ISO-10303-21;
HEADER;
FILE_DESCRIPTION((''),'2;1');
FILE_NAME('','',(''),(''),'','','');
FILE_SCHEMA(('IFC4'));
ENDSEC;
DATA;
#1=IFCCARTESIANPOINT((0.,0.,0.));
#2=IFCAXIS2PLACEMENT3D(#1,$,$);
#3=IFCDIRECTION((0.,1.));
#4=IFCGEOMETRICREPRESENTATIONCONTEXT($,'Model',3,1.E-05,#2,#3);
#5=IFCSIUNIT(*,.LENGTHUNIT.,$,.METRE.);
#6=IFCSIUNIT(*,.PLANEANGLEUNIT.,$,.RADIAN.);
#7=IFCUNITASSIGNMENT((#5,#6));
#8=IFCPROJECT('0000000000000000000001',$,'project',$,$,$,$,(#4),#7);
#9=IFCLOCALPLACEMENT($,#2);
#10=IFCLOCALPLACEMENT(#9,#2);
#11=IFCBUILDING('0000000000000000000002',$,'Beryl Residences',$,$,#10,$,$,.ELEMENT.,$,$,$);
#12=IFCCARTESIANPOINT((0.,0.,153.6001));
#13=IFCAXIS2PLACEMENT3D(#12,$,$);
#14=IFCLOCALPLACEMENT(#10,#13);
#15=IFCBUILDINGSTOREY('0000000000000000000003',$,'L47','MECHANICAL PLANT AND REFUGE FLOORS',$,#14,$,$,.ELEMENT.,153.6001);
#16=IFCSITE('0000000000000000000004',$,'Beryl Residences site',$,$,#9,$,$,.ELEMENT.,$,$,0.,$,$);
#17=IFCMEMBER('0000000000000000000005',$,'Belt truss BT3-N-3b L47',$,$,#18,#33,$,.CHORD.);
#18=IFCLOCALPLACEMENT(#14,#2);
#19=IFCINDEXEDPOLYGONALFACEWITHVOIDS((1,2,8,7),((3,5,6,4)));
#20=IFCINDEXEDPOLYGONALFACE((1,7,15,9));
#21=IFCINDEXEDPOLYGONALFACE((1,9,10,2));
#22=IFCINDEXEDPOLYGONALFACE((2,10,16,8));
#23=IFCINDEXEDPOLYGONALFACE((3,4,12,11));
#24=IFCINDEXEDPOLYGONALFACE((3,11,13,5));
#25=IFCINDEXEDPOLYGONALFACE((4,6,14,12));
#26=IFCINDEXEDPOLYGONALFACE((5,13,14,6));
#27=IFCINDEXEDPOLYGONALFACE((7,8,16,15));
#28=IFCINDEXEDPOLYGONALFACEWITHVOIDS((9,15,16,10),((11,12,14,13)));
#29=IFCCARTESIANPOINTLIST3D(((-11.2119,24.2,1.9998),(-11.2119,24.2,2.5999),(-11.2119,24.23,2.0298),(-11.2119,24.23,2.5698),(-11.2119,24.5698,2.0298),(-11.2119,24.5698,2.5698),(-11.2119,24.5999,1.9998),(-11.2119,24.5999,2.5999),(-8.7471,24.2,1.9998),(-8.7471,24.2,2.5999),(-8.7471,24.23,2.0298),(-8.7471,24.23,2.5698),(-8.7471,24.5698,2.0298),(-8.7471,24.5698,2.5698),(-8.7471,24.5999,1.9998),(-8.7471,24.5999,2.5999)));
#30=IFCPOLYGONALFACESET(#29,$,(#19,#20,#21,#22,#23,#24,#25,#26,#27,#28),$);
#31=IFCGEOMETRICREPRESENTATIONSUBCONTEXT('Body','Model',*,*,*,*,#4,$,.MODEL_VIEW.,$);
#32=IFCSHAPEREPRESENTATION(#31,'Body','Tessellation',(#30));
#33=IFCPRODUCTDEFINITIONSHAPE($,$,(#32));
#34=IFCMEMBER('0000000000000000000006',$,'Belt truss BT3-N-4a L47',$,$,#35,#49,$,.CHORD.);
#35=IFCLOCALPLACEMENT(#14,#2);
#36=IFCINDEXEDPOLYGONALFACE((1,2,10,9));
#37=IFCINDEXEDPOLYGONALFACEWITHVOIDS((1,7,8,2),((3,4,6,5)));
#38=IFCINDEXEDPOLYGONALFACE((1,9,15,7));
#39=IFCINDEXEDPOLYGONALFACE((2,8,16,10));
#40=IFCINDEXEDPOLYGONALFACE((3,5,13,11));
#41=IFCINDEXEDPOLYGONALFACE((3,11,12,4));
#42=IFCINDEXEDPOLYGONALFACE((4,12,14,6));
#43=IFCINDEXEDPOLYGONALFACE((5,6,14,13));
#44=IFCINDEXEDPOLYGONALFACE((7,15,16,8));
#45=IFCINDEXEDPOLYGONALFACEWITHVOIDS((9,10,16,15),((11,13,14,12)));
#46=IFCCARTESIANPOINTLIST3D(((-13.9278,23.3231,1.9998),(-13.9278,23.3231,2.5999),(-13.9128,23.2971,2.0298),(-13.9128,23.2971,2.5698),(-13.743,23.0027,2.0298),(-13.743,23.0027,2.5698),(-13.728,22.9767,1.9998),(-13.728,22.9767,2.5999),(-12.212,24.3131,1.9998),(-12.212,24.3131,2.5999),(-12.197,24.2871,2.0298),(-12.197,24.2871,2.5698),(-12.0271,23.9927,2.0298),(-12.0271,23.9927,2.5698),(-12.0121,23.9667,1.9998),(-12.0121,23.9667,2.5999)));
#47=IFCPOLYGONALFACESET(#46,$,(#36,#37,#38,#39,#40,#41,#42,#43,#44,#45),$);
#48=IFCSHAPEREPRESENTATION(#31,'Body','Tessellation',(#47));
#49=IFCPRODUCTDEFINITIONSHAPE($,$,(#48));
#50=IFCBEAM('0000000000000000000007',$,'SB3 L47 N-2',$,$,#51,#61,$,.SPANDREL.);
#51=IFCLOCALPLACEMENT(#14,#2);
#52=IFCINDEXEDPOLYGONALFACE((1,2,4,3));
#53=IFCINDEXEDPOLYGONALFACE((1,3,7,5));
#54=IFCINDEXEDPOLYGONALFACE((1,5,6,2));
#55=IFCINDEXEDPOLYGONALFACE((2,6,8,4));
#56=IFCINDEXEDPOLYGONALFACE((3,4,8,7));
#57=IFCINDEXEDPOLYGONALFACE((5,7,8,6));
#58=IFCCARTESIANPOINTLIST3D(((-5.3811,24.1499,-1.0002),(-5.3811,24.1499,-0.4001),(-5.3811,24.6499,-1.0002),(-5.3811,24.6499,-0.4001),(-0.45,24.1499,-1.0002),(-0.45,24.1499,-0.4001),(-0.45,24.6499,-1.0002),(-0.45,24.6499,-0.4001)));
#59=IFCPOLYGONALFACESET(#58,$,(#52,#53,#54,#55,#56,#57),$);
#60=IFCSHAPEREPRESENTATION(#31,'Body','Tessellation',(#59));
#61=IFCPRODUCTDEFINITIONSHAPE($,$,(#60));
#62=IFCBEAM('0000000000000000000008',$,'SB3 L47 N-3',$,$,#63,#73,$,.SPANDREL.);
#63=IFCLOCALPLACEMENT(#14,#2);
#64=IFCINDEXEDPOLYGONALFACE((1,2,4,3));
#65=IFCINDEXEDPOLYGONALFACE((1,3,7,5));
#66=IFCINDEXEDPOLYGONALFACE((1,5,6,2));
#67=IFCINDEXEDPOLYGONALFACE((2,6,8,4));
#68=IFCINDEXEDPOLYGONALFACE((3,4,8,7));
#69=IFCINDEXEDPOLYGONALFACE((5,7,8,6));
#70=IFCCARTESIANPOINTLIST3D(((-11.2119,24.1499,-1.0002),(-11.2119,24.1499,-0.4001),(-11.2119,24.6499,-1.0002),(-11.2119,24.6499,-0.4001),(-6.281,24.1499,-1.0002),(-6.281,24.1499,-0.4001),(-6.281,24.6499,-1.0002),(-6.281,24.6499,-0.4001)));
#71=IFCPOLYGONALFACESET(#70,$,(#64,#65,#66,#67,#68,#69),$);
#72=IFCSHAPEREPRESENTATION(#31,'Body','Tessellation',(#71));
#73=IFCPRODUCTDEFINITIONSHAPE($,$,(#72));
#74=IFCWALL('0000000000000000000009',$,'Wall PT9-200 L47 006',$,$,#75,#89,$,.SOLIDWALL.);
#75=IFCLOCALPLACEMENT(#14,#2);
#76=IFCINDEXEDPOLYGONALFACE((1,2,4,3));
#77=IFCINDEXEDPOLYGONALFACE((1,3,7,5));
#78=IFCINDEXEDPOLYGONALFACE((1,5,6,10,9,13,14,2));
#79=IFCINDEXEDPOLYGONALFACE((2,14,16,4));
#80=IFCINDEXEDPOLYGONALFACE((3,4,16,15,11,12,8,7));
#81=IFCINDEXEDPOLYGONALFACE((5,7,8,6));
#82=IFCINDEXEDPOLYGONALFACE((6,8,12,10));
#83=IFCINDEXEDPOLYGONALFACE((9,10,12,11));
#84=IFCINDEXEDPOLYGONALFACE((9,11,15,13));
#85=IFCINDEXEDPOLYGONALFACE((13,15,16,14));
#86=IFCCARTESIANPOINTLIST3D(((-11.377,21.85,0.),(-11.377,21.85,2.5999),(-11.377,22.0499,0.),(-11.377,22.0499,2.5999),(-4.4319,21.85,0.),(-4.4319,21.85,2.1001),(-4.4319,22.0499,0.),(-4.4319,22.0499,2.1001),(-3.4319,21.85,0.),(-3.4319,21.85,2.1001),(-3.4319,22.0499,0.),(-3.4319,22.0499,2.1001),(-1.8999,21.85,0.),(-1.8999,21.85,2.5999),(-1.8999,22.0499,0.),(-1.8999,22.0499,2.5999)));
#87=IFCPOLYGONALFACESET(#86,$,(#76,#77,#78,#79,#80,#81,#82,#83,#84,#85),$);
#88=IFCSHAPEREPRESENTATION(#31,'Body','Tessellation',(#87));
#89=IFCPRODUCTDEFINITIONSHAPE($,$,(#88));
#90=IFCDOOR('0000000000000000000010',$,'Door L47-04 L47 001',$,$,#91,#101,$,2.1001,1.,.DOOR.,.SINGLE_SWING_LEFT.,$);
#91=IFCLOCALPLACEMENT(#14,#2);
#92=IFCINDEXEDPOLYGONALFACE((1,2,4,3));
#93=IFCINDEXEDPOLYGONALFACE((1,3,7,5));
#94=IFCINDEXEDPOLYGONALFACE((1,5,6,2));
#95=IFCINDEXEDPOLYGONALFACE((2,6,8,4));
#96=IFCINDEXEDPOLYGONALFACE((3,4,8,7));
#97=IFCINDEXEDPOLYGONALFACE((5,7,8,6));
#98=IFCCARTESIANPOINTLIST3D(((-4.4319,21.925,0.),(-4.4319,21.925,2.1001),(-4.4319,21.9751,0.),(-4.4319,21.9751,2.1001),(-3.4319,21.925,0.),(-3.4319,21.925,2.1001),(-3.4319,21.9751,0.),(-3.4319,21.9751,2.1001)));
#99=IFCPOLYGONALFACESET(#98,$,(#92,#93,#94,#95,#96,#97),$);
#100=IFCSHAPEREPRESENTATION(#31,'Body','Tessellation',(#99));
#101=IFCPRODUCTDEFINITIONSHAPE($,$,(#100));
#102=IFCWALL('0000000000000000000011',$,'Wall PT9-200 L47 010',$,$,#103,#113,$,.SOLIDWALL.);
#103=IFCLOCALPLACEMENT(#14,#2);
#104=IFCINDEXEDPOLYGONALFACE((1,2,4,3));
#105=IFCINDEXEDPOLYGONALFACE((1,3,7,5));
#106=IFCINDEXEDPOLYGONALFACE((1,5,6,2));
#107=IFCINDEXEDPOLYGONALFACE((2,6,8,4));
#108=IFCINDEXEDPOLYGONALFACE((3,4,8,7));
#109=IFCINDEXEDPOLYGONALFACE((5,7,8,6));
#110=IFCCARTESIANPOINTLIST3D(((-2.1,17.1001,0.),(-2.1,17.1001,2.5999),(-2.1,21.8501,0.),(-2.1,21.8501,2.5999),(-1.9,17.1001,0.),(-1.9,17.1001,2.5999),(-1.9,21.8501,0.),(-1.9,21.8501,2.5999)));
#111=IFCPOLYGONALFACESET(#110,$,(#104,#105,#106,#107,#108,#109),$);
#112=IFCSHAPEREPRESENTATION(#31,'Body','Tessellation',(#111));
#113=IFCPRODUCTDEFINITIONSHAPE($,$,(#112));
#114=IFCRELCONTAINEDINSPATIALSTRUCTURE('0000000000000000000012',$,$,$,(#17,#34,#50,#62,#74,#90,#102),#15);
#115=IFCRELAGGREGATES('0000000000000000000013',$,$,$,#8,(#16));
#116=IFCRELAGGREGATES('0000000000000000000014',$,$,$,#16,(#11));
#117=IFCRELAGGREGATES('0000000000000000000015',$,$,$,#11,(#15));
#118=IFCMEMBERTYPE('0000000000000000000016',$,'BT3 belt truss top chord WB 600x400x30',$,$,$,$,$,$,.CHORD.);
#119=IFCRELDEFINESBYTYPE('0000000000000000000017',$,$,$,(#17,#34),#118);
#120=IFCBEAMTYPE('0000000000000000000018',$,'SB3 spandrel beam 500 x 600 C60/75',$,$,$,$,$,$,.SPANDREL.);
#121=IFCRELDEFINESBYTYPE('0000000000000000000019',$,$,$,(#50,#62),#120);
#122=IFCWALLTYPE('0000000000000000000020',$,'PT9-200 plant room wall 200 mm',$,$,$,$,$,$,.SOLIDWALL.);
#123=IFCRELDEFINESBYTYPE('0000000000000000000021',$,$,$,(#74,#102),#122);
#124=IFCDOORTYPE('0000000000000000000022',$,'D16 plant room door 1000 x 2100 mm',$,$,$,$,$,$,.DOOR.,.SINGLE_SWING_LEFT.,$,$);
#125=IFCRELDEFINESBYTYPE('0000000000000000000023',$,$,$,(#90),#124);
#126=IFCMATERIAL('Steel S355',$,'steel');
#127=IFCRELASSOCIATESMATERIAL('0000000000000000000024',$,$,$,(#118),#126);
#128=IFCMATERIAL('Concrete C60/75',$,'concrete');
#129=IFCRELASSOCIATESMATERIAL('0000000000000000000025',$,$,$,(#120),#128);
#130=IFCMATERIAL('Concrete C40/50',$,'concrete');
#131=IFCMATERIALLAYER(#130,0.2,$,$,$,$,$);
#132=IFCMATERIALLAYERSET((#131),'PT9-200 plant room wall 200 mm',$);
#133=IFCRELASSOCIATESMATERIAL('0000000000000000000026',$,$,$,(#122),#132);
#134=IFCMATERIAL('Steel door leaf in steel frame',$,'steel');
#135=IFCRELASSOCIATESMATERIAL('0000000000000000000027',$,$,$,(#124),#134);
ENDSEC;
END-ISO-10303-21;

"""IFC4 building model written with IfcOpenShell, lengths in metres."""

from ifc_helpers import new_model, si_unit, direction, frame, frame_2d, origin, origin_2d, place, context, subcontext, project, spatial, rectangle, hollow_rectangle, extrude, material, layer, layer_set, material_profile, profile_set, type_object, element, fill, save


model = new_model("IFC4")

# Units and contexts
model_context = context("Model", 3, precision=1e-05, world=origin(), true_north=direction((0.0, 1.0)))
body_context = subcontext(model_context, "Body", "Model", "MODEL_VIEW")
ifc_project = project(units=[si_unit("LENGTHUNIT", "METRE"), si_unit("PLANEANGLEUNIT", "RADIAN")], contexts=[model_context])

# Site, building, storey
site_placement = place(None, origin())
site = spatial("IfcSite", under=ifc_project, at=site_placement, Name="Beryl Residences site", CompositionType="ELEMENT", RefElevation=0.0)
building_placement = place(site_placement, origin())
building = spatial("IfcBuilding", under=site, at=building_placement, Name="Beryl Residences", CompositionType="ELEMENT")
storey_placement = place(building_placement, frame((0.0, 0.0, 153.6001)))
storey = spatial("IfcBuildingStorey", under=building, at=storey_placement, Name="L47", Description="MECHANICAL PLANT AND REFUGE FLOORS", CompositionType="ELEMENT", Elevation=153.6001)

# Members
ifc_material_1 = material(Name="Steel S355", Category="steel")
ifc_material_profile_1 = material_profile(ifc_material_1, hollow_rectangle(XDim=0.3999, YDim=0.6001, WallThickness=0.03, at=origin_2d()))
ifc_profile_set_1 = profile_set([ifc_material_profile_1], Name="Steel S355")
member_type_1 = type_object("IfcMemberType", Name="BT3 belt truss top chord WB 600x400x30", PredefinedType="CHORD", material=ifc_profile_set_1)
member_1_placement = place(storey_placement, frame((-8.7471, 24.3999, 2.2998), z_axis=(-1.0, 0.0, 0.0), x_axis=(0.0, -1.0, 0.0)))
element("IfcMember", 1, at=member_1_placement, inside=storey, type_object=member_type_1, Name="Belt truss BT3-N-3b L47", PredefinedType="CHORD", context=body_context, shape_type="SweptSolid", body=[
    extrude(hollow_rectangle(XDim=0.3999, YDim=0.6001, WallThickness=0.03, at=origin_2d()), origin(), (0.0, 0.0, 1.0), 2.4648),
])
member_2_placement = place(storey_placement, frame((-12.1121, 24.1399, 2.2998), z_axis=(-0.866165, -0.499758, 0.0), x_axis=(0.499758, -0.866165, 0.0)))
element("IfcMember", 2, at=member_2_placement, inside=storey, type_object=member_type_1, Name="Belt truss BT3-N-4a L47", PredefinedType="CHORD", context=body_context, shape_type="SweptSolid", body=[
    extrude(hollow_rectangle(XDim=0.3999, YDim=0.6001, WallThickness=0.03, at=origin_2d()), origin(), (0.0, 0.0, 1.0), 1.981),
])

# Beams
ifc_material_2 = material(Name="Concrete C60/75", Category="concrete")
ifc_material_profile_2 = material_profile(ifc_material_2, rectangle(XDim=0.5, YDim=0.6001, at=origin_2d()))
ifc_profile_set_2 = profile_set([ifc_material_profile_2], Name="Concrete C60/75")
beam_type = type_object("IfcBeamType", Name="SB3 spandrel beam 500 x 600 C60/75", PredefinedType="SPANDREL", material=ifc_profile_set_2)
beam_1_placement = place(storey_placement, frame((-0.45, 24.3999, -0.7002), z_axis=(-1.0, 0.0, 0.0), x_axis=(0.0, -1.0, 0.0)))
element("IfcBeam", 3, at=beam_1_placement, inside=storey, type_object=beam_type, Name="SB3 L47 N-2", PredefinedType="SPANDREL", context=body_context, shape_type="SweptSolid", body=[
    extrude(rectangle(XDim=0.5, YDim=0.6001, at=origin_2d()), origin(), (0.0, 0.0, 1.0), 4.9312),
])
beam_2_placement = place(storey_placement, frame((-6.281, 24.3999, -0.7002), z_axis=(-1.0, 0.0, 0.0), x_axis=(0.0, -1.0, 0.0)))
element("IfcBeam", 4, at=beam_2_placement, inside=storey, type_object=beam_type, Name="SB3 L47 N-3", PredefinedType="SPANDREL", context=body_context, shape_type="SweptSolid", body=[
    extrude(rectangle(XDim=0.5, YDim=0.6001, at=origin_2d()), origin(), (0.0, 0.0, 1.0), 4.9309),
])

# Shared definitions
ifc_material_3 = material(Name="Concrete C40/50", Category="concrete")
ifc_layer = layer(ifc_material_3, 0.2)
ifc_layer_set = layer_set([ifc_layer], Name="PT9-200 plant room wall 200 mm")
wall_type = type_object("IfcWallType", Name="PT9-200 plant room wall 200 mm", PredefinedType="SOLIDWALL", material=ifc_layer_set)

# Wall, opening, door
wall_1_placement = place(storey_placement, frame((-11.377, 21.95, 0.0), z_axis=(0.0, 0.0, 1.0), x_axis=(1.0, 0.0, 0.0)))
wall_1 = element("IfcWall", 5, at=wall_1_placement, inside=storey, type_object=wall_type, Name="Wall PT9-200 L47 006", PredefinedType="SOLIDWALL", context=body_context, shape_type="SweptSolid", body=[
    extrude(rectangle(XDim=9.4771, YDim=0.2, at=frame_2d((4.7385, 0.0))), origin(), (0.0, 0.0, 1.0), 2.5999),
])
opening_placement = place(wall_1_placement, frame((7.9451, 0.0, 0.0), z_axis=(0.0, 0.0, 1.0), x_axis=(-1.0, 0.0, 0.0)))
opening = element("IfcOpeningElement", 6, at=opening_placement, cuts=wall_1, PredefinedType="OPENING", context=body_context, shape_type="SweptSolid", body=[
    extrude(rectangle(XDim=1.0, YDim=2.1001, at=frame_2d((0.5, 1.05))), frame((0.0, 0.1099, 0.0), z_axis=(0.0, -1.0, 0.0), x_axis=(1.0, 0.0, 0.0)), (0.0, 0.0, 1.0), 0.22),
])
ifc_material_4 = material(Name="Steel door leaf in steel frame", Category="steel")
door_type = type_object("IfcDoorType", Name="D16 plant room door 1000 x 2100 mm", OperationType="SINGLE_SWING_LEFT", PredefinedType="DOOR", material=ifc_material_4)
door_placement = place(opening_placement, origin())
door = element("IfcDoor", 7, at=door_placement, inside=storey, type_object=door_type, Name="Door L47-04 L47 001", OperationType="SINGLE_SWING_LEFT", OverallHeight=2.1001, OverallWidth=1.0, PredefinedType="DOOR", context=body_context, shape_type="SweptSolid", body=[
    extrude(rectangle(XDim=1.0, YDim=2.1001, at=frame_2d((0.5, 1.05))), frame((0.0, 0.0249, 0.0), z_axis=(0.0, -1.0, 0.0), x_axis=(1.0, 0.0, 0.0)), (0.0, 0.0, 1.0), 0.05),
])
fill(opening, door)

# Wall
wall_2_placement = place(storey_placement, frame((-2.0, 17.1001, 0.0), z_axis=(0.0, 0.0, 1.0), x_axis=(0.0, 1.0, 0.0)))
element("IfcWall", 8, at=wall_2_placement, inside=storey, type_object=wall_type, Name="Wall PT9-200 L47 010", PredefinedType="SOLIDWALL", context=body_context, shape_type="SweptSolid", body=[
    extrude(rectangle(XDim=4.75, YDim=0.2, at=frame_2d((2.375, 0.0))), origin(), (0.0, 0.0, 1.0), 2.5999),
])

save(model, "model.ifc")
